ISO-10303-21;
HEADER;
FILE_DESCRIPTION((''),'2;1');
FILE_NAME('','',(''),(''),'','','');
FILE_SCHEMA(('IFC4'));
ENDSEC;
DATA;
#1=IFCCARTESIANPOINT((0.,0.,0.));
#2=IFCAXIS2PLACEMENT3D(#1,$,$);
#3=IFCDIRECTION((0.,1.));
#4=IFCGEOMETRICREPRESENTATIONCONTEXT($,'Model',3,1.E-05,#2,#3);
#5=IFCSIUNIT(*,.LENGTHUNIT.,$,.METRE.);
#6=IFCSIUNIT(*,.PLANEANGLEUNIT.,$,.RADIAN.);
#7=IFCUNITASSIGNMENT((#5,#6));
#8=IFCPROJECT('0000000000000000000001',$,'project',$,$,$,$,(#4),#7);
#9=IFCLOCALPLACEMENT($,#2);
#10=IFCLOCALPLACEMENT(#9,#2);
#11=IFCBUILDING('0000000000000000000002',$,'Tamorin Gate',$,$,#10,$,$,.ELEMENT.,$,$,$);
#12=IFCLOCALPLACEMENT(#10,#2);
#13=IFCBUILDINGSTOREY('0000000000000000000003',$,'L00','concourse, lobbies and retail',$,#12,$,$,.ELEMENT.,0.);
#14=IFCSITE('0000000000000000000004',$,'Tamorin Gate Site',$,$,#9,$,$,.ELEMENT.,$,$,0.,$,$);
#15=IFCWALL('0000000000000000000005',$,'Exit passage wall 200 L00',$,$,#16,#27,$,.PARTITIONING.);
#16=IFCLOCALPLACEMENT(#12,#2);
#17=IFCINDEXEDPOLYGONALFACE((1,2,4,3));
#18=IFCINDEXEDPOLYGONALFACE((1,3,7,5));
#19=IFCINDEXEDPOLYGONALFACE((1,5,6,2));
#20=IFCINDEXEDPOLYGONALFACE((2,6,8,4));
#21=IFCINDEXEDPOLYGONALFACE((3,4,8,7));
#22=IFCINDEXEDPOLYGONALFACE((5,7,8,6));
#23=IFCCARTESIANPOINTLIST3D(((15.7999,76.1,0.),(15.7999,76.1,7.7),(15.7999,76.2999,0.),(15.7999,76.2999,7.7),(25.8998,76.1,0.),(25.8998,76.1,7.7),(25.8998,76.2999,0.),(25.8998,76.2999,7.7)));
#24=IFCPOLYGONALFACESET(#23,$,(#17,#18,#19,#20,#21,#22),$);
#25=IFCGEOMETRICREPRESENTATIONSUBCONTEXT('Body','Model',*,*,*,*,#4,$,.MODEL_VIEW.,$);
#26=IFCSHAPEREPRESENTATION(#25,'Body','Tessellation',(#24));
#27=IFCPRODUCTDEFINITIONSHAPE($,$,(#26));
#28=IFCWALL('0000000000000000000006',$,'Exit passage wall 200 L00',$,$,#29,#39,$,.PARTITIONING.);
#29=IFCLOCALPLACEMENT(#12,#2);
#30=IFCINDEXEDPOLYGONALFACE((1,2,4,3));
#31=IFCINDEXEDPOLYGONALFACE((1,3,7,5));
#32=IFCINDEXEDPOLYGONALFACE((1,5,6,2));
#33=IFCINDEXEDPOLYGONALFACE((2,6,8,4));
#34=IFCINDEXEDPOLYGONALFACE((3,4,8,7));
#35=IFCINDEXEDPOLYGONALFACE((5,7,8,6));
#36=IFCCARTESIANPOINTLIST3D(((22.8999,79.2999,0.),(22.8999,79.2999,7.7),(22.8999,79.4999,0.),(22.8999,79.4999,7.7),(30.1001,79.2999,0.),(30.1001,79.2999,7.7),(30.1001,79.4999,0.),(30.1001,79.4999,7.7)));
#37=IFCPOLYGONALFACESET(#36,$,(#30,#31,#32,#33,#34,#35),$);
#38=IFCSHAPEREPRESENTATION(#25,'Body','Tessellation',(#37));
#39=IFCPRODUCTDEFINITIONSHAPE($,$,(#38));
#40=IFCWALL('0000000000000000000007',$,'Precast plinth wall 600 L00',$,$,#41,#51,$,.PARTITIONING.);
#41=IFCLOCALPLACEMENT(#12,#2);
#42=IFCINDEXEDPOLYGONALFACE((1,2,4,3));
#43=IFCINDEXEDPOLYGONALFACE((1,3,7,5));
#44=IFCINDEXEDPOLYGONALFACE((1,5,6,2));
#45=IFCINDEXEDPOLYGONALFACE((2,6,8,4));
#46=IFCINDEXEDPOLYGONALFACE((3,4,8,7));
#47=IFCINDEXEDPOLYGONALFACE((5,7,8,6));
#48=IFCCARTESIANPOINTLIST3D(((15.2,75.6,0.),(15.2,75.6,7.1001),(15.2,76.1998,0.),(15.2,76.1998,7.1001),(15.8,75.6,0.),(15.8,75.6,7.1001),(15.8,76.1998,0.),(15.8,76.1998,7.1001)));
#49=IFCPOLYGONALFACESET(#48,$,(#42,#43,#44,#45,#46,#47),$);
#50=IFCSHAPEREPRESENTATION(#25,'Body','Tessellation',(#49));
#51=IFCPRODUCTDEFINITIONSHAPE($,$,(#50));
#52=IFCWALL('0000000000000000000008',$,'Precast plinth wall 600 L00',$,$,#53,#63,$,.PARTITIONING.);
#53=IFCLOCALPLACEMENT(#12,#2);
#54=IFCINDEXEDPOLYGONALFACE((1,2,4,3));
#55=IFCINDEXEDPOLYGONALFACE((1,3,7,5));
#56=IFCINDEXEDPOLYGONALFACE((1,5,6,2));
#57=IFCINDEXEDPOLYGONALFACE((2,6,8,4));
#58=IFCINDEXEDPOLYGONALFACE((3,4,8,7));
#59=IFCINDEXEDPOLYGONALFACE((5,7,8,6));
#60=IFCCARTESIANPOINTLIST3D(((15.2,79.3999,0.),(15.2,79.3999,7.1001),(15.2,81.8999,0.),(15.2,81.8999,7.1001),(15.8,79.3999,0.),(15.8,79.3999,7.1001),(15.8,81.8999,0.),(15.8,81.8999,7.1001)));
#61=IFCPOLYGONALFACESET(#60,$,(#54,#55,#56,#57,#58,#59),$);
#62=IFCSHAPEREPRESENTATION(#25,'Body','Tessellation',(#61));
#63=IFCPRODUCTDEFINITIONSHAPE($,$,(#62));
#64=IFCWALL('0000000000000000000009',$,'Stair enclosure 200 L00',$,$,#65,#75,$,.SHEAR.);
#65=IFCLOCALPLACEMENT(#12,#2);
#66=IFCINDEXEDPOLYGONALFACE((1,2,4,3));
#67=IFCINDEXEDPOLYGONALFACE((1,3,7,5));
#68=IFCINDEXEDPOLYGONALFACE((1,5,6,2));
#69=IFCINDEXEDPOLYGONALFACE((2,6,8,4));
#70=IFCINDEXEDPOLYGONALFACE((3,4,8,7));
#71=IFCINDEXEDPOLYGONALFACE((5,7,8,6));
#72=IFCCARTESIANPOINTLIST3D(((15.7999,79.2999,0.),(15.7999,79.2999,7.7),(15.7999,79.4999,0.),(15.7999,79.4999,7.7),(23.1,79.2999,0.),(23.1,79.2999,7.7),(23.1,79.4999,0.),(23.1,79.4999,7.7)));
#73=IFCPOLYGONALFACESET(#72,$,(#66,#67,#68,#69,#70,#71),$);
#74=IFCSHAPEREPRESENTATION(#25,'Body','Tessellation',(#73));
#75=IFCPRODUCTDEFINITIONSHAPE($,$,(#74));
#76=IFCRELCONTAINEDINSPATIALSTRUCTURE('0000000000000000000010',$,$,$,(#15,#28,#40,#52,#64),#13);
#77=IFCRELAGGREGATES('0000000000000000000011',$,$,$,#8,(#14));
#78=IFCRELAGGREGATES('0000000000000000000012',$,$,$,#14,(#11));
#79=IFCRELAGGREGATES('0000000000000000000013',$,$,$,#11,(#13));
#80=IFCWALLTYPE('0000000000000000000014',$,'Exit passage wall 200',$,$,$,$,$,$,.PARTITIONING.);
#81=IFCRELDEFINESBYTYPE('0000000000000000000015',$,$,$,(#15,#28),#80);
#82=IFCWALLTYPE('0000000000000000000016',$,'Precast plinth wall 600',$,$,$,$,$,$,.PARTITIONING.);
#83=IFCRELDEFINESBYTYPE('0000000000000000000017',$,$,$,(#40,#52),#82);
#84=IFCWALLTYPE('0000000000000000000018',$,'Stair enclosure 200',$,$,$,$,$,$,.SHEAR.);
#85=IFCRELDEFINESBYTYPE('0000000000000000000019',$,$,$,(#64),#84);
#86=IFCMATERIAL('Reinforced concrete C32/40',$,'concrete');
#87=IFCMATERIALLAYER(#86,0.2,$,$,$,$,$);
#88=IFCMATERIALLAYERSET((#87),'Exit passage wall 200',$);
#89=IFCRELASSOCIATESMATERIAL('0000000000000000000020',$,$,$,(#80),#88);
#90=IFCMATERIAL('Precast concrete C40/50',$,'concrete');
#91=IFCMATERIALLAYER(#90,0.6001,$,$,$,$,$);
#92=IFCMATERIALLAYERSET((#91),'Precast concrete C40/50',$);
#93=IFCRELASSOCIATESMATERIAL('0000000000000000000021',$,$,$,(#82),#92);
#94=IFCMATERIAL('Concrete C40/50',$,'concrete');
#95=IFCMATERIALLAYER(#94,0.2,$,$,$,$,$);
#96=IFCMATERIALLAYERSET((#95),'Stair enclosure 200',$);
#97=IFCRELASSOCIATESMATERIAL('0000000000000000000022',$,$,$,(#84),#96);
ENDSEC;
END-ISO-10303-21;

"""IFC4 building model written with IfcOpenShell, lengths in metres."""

from ifc_helpers import new_model, si_unit, direction, frame, frame_2d, origin, place, context, subcontext, project, spatial, rectangle, extrude, material, layer, layer_set, type_object, element, save


model = new_model("IFC4")

# Units and contexts
model_context = context("Model", 3, precision=1e-05, world=origin(), true_north=direction((0.0, 1.0)))
body_context = subcontext(model_context, "Body", "Model", "MODEL_VIEW")
ifc_project = project(units=[si_unit("LENGTHUNIT", "METRE"), si_unit("PLANEANGLEUNIT", "RADIAN")], contexts=[model_context])

# Site, building, storey
site_placement = place(None, origin())
site = spatial("IfcSite", under=ifc_project, at=site_placement, Name="Tamorin Gate Site", CompositionType="ELEMENT", RefElevation=0.0)
building_placement = place(site_placement, origin())
building = spatial("IfcBuilding", under=site, at=building_placement, Name="Tamorin Gate", CompositionType="ELEMENT")
storey_placement = place(building_placement, origin())
storey = spatial("IfcBuildingStorey", under=building, at=storey_placement, Name="L00", Description="concourse, lobbies and retail", CompositionType="ELEMENT", Elevation=0.0)

# Walls
ifc_material_1 = material(Name="Reinforced concrete C32/40", Category="concrete")
ifc_layer_1 = layer(ifc_material_1, 0.2)
ifc_layer_set_1 = layer_set([ifc_layer_1], Name="Exit passage wall 200")
wall_type_1 = type_object("IfcWallType", Name="Exit passage wall 200", PredefinedType="PARTITIONING", material=ifc_layer_set_1)
wall_1_placement = place(storey_placement, frame((15.8, 76.2, 0.0), z_axis=(0.0, 0.0, 1.0), x_axis=(1.0, 0.0, 0.0)))
element("IfcWall", 1, at=wall_1_placement, inside=storey, type_object=wall_type_1, Name="Exit passage wall 200 L00", PredefinedType="PARTITIONING", context=body_context, shape_type="SweptSolid", body=[
    extrude(rectangle(XDim=10.0999, YDim=0.2, at=frame_2d((5.0498, 0.0))), origin(), (0.0, 0.0, 1.0), 7.7),
])
wall_2_placement = place(storey_placement, frame((22.8999, 79.3999, 0.0), z_axis=(0.0, 0.0, 1.0), x_axis=(1.0, 0.0, 0.0)))
element("IfcWall", 2, at=wall_2_placement, inside=storey, type_object=wall_type_1, Name="Exit passage wall 200 L00", PredefinedType="PARTITIONING", context=body_context, shape_type="SweptSolid", body=[
    extrude(rectangle(XDim=7.2002, YDim=0.2, at=frame_2d((3.6001, 0.0))), origin(), (0.0, 0.0, 1.0), 7.7),
])

# Shared definitions
ifc_material_2 = material(Name="Precast concrete C40/50", Category="concrete")
ifc_layer_2 = layer(ifc_material_2, 0.6001)
ifc_layer_set_2 = layer_set([ifc_layer_2], Name="Precast concrete C40/50")
wall_type_2 = type_object("IfcWallType", Name="Precast plinth wall 600", PredefinedType="PARTITIONING", material=ifc_layer_set_2)

# Wall
wall_3_placement = place(storey_placement, frame((15.5, 75.6001, 0.0), z_axis=(0.0, 0.0, 1.0), x_axis=(0.0, 1.0, 0.0)))
element("IfcWall", 3, at=wall_3_placement, inside=storey, type_object=wall_type_2, Name="Precast plinth wall 600 L00", PredefinedType="PARTITIONING", context=body_context, shape_type="SweptSolid", body=[
    extrude(rectangle(XDim=0.5999, YDim=0.6001, at=frame_2d((0.2998, 0.0))), origin(), (0.0, 0.0, 1.0), 7.1001),
])

# Walls
wall_4_placement = place(storey_placement, frame((15.5, 79.3999, 0.0), z_axis=(0.0, 0.0, 1.0), x_axis=(0.0, 1.0, 0.0)))
element("IfcWall", 4, at=wall_4_placement, inside=storey, type_object=wall_type_2, Name="Precast plinth wall 600 L00", PredefinedType="PARTITIONING", context=body_context, shape_type="SweptSolid", body=[
    extrude(rectangle(XDim=2.5, YDim=0.6001, at=frame_2d((1.25, 0.0))), origin(), (0.0, 0.0, 1.0), 7.1001),
])
ifc_material_3 = material(Name="Concrete C40/50", Category="concrete")
ifc_layer_3 = layer(ifc_material_3, 0.2)
ifc_layer_set_3 = layer_set([ifc_layer_3], Name="Stair enclosure 200")
wall_type_3 = type_object("IfcWallType", Name="Stair enclosure 200", PredefinedType="SHEAR", material=ifc_layer_set_3)
wall_5_placement = place(storey_placement, frame((15.8, 79.3999, 0.0), z_axis=(0.0, 0.0, 1.0), x_axis=(1.0, 0.0, 0.0)))
element("IfcWall", 5, at=wall_5_placement, inside=storey, type_object=wall_type_3, Name="Stair enclosure 200 L00", PredefinedType="SHEAR", context=body_context, shape_type="SweptSolid", body=[
    extrude(rectangle(XDim=7.3, YDim=0.2, at=frame_2d((3.6499, 0.0))), origin(), (0.0, 0.0, 1.0), 7.7),
])

save(model, "model.ifc")
